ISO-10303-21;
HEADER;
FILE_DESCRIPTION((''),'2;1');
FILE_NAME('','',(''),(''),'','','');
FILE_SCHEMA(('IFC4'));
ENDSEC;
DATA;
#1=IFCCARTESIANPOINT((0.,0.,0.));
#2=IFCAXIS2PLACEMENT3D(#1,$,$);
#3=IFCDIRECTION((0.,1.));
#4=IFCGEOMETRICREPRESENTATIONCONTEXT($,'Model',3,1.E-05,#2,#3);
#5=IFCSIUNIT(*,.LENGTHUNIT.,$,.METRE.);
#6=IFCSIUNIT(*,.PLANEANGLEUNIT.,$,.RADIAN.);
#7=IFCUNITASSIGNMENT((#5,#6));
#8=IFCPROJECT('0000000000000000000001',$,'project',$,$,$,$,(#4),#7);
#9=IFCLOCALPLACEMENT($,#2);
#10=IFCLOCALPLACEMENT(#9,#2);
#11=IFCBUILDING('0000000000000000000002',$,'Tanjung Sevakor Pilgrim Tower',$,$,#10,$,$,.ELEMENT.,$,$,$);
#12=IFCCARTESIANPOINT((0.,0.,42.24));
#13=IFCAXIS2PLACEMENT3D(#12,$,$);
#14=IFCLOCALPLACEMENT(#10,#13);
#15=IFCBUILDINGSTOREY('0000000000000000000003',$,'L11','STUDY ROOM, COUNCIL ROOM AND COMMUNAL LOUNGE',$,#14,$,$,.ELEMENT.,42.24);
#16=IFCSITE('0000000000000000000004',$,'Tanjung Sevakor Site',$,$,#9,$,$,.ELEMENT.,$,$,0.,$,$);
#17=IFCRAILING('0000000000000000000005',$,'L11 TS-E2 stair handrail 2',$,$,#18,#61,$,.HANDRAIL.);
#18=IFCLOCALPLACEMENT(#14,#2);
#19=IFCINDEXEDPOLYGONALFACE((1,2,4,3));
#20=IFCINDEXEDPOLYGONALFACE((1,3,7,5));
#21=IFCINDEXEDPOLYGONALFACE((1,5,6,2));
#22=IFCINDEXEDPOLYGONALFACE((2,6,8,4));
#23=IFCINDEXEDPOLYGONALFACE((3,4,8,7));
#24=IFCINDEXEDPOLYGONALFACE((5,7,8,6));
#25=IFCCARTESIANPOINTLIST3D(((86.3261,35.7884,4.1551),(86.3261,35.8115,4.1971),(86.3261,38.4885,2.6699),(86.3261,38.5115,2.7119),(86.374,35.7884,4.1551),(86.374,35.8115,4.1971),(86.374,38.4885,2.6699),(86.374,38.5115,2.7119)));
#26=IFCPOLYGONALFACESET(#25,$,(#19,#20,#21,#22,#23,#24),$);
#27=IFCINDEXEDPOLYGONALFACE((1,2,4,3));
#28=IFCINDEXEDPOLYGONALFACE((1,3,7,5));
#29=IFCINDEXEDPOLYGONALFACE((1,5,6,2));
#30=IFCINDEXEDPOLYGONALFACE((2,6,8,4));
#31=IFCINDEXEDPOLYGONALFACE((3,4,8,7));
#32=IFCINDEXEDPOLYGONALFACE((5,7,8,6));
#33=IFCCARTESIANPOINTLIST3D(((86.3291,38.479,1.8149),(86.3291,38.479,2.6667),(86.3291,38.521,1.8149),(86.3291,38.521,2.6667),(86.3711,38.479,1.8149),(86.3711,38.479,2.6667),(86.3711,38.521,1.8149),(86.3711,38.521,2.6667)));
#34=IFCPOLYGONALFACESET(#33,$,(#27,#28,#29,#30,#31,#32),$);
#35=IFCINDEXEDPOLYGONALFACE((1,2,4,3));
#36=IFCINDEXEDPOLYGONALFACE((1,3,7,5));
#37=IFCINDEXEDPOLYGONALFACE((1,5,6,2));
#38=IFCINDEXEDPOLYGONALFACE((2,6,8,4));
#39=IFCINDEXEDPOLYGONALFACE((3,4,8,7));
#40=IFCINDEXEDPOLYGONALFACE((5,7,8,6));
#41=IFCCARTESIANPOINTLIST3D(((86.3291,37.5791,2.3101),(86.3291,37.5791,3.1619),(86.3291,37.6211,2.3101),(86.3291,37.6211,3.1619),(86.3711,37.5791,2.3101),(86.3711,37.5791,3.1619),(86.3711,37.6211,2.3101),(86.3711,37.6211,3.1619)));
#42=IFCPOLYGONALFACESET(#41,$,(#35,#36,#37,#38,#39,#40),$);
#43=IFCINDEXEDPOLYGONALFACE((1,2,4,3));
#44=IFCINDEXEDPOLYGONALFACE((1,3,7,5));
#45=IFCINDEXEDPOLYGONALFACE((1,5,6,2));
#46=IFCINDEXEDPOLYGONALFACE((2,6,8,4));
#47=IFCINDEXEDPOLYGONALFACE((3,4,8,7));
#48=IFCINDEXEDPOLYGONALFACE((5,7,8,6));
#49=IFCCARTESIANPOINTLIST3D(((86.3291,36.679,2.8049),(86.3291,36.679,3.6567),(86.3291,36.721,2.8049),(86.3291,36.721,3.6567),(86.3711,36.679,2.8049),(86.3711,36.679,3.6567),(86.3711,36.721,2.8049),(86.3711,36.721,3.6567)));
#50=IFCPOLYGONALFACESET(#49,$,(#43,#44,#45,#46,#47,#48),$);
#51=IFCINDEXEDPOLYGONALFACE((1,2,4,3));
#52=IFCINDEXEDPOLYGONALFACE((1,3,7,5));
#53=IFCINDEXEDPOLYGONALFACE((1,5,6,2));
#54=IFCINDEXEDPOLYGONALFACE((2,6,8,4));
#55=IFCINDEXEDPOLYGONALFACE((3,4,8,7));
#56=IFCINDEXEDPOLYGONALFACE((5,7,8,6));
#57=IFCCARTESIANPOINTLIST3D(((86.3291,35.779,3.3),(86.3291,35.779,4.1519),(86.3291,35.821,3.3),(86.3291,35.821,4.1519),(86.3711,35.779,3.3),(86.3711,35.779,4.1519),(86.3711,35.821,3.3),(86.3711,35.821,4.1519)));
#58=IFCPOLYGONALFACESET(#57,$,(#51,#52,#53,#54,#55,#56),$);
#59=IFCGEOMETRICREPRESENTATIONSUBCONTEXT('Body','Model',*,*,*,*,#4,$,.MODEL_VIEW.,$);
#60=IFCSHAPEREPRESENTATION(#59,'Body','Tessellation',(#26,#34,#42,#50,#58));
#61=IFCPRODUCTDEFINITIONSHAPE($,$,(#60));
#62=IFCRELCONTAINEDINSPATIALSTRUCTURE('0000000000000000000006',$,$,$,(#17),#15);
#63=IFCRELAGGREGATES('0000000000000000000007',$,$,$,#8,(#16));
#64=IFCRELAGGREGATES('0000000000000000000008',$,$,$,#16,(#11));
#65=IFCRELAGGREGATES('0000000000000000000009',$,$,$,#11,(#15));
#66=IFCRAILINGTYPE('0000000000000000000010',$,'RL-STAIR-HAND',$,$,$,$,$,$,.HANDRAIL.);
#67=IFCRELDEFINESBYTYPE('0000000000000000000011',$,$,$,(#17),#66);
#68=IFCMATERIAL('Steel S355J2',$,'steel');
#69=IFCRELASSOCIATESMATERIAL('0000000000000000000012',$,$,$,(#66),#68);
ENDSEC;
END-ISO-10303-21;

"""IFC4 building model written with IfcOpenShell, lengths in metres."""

from ifc_helpers import new_model, si_unit, direction, frame, origin, place, context, subcontext, project, spatial, rectangle, extrude, material, type_object, element, save


model = new_model("IFC4")

# Units and contexts
model_context = context("Model", 3, precision=1e-05, world=origin(), true_north=direction((0.0, 1.0)))
body_context = subcontext(model_context, "Body", "Model", "MODEL_VIEW")
ifc_project = project(units=[si_unit("LENGTHUNIT", "METRE"), si_unit("PLANEANGLEUNIT", "RADIAN")], contexts=[model_context])

# Site, building, storey
site_placement = place(None, origin())
site = spatial("IfcSite", under=ifc_project, at=site_placement, Name="Tanjung Sevakor Site", CompositionType="ELEMENT", RefElevation=0.0)
building_placement = place(site_placement, origin())
building = spatial("IfcBuilding", under=site, at=building_placement, Name="Tanjung Sevakor Pilgrim Tower", CompositionType="ELEMENT")
storey_placement = place(building_placement, frame((0.0, 0.0, 42.24)))
storey = spatial("IfcBuildingStorey", under=building, at=storey_placement, Name="L11", Description="STUDY ROOM, COUNCIL ROOM AND COMMUNAL LOUNGE", CompositionType="ELEMENT", Elevation=42.24)

# Railing
ifc_material_1 = material(Name="Steel S355J2", Category="steel")
railing_type_1 = type_object("IfcRailingType", Name="RL-STAIR-HAND", PredefinedType="HANDRAIL", material=ifc_material_1)
railing_1_placement = place(storey_placement, frame((86.3501, 38.5, 1.8149)))
element("IfcRailing", 1, at=railing_1_placement, inside=storey, type_object=railing_type_1, Name="L11 TS-E2 stair handrail 2", PredefinedType="HANDRAIL", context=body_context, shape_type="SweptSolid", body=[
    extrude(rectangle(XDim=0.0479, YDim=0.0479), frame((0.0, 0.0, 0.876), z_axis=(0.0, -0.876198, 0.481952), x_axis=(1.0, 0.0, 0.0)), (0.0, 0.0, 1.0), 3.0815),
    extrude(rectangle(XDim=0.042, YDim=0.042), origin(), (0.0, 0.0, 1.0), 0.8518),
    extrude(rectangle(XDim=0.042, YDim=0.042), frame((0.0, -0.8999, 0.4951)), (0.0, 0.0, 1.0), 0.8518),
    extrude(rectangle(XDim=0.042, YDim=0.042), frame((0.0, -1.8, 0.99)), (0.0, 0.0, 1.0), 0.8518),
    extrude(rectangle(XDim=0.042, YDim=0.042), frame((0.0, -2.7, 1.4851)), (0.0, 0.0, 1.0), 0.8518),
])

save(model, "model.ifc")
